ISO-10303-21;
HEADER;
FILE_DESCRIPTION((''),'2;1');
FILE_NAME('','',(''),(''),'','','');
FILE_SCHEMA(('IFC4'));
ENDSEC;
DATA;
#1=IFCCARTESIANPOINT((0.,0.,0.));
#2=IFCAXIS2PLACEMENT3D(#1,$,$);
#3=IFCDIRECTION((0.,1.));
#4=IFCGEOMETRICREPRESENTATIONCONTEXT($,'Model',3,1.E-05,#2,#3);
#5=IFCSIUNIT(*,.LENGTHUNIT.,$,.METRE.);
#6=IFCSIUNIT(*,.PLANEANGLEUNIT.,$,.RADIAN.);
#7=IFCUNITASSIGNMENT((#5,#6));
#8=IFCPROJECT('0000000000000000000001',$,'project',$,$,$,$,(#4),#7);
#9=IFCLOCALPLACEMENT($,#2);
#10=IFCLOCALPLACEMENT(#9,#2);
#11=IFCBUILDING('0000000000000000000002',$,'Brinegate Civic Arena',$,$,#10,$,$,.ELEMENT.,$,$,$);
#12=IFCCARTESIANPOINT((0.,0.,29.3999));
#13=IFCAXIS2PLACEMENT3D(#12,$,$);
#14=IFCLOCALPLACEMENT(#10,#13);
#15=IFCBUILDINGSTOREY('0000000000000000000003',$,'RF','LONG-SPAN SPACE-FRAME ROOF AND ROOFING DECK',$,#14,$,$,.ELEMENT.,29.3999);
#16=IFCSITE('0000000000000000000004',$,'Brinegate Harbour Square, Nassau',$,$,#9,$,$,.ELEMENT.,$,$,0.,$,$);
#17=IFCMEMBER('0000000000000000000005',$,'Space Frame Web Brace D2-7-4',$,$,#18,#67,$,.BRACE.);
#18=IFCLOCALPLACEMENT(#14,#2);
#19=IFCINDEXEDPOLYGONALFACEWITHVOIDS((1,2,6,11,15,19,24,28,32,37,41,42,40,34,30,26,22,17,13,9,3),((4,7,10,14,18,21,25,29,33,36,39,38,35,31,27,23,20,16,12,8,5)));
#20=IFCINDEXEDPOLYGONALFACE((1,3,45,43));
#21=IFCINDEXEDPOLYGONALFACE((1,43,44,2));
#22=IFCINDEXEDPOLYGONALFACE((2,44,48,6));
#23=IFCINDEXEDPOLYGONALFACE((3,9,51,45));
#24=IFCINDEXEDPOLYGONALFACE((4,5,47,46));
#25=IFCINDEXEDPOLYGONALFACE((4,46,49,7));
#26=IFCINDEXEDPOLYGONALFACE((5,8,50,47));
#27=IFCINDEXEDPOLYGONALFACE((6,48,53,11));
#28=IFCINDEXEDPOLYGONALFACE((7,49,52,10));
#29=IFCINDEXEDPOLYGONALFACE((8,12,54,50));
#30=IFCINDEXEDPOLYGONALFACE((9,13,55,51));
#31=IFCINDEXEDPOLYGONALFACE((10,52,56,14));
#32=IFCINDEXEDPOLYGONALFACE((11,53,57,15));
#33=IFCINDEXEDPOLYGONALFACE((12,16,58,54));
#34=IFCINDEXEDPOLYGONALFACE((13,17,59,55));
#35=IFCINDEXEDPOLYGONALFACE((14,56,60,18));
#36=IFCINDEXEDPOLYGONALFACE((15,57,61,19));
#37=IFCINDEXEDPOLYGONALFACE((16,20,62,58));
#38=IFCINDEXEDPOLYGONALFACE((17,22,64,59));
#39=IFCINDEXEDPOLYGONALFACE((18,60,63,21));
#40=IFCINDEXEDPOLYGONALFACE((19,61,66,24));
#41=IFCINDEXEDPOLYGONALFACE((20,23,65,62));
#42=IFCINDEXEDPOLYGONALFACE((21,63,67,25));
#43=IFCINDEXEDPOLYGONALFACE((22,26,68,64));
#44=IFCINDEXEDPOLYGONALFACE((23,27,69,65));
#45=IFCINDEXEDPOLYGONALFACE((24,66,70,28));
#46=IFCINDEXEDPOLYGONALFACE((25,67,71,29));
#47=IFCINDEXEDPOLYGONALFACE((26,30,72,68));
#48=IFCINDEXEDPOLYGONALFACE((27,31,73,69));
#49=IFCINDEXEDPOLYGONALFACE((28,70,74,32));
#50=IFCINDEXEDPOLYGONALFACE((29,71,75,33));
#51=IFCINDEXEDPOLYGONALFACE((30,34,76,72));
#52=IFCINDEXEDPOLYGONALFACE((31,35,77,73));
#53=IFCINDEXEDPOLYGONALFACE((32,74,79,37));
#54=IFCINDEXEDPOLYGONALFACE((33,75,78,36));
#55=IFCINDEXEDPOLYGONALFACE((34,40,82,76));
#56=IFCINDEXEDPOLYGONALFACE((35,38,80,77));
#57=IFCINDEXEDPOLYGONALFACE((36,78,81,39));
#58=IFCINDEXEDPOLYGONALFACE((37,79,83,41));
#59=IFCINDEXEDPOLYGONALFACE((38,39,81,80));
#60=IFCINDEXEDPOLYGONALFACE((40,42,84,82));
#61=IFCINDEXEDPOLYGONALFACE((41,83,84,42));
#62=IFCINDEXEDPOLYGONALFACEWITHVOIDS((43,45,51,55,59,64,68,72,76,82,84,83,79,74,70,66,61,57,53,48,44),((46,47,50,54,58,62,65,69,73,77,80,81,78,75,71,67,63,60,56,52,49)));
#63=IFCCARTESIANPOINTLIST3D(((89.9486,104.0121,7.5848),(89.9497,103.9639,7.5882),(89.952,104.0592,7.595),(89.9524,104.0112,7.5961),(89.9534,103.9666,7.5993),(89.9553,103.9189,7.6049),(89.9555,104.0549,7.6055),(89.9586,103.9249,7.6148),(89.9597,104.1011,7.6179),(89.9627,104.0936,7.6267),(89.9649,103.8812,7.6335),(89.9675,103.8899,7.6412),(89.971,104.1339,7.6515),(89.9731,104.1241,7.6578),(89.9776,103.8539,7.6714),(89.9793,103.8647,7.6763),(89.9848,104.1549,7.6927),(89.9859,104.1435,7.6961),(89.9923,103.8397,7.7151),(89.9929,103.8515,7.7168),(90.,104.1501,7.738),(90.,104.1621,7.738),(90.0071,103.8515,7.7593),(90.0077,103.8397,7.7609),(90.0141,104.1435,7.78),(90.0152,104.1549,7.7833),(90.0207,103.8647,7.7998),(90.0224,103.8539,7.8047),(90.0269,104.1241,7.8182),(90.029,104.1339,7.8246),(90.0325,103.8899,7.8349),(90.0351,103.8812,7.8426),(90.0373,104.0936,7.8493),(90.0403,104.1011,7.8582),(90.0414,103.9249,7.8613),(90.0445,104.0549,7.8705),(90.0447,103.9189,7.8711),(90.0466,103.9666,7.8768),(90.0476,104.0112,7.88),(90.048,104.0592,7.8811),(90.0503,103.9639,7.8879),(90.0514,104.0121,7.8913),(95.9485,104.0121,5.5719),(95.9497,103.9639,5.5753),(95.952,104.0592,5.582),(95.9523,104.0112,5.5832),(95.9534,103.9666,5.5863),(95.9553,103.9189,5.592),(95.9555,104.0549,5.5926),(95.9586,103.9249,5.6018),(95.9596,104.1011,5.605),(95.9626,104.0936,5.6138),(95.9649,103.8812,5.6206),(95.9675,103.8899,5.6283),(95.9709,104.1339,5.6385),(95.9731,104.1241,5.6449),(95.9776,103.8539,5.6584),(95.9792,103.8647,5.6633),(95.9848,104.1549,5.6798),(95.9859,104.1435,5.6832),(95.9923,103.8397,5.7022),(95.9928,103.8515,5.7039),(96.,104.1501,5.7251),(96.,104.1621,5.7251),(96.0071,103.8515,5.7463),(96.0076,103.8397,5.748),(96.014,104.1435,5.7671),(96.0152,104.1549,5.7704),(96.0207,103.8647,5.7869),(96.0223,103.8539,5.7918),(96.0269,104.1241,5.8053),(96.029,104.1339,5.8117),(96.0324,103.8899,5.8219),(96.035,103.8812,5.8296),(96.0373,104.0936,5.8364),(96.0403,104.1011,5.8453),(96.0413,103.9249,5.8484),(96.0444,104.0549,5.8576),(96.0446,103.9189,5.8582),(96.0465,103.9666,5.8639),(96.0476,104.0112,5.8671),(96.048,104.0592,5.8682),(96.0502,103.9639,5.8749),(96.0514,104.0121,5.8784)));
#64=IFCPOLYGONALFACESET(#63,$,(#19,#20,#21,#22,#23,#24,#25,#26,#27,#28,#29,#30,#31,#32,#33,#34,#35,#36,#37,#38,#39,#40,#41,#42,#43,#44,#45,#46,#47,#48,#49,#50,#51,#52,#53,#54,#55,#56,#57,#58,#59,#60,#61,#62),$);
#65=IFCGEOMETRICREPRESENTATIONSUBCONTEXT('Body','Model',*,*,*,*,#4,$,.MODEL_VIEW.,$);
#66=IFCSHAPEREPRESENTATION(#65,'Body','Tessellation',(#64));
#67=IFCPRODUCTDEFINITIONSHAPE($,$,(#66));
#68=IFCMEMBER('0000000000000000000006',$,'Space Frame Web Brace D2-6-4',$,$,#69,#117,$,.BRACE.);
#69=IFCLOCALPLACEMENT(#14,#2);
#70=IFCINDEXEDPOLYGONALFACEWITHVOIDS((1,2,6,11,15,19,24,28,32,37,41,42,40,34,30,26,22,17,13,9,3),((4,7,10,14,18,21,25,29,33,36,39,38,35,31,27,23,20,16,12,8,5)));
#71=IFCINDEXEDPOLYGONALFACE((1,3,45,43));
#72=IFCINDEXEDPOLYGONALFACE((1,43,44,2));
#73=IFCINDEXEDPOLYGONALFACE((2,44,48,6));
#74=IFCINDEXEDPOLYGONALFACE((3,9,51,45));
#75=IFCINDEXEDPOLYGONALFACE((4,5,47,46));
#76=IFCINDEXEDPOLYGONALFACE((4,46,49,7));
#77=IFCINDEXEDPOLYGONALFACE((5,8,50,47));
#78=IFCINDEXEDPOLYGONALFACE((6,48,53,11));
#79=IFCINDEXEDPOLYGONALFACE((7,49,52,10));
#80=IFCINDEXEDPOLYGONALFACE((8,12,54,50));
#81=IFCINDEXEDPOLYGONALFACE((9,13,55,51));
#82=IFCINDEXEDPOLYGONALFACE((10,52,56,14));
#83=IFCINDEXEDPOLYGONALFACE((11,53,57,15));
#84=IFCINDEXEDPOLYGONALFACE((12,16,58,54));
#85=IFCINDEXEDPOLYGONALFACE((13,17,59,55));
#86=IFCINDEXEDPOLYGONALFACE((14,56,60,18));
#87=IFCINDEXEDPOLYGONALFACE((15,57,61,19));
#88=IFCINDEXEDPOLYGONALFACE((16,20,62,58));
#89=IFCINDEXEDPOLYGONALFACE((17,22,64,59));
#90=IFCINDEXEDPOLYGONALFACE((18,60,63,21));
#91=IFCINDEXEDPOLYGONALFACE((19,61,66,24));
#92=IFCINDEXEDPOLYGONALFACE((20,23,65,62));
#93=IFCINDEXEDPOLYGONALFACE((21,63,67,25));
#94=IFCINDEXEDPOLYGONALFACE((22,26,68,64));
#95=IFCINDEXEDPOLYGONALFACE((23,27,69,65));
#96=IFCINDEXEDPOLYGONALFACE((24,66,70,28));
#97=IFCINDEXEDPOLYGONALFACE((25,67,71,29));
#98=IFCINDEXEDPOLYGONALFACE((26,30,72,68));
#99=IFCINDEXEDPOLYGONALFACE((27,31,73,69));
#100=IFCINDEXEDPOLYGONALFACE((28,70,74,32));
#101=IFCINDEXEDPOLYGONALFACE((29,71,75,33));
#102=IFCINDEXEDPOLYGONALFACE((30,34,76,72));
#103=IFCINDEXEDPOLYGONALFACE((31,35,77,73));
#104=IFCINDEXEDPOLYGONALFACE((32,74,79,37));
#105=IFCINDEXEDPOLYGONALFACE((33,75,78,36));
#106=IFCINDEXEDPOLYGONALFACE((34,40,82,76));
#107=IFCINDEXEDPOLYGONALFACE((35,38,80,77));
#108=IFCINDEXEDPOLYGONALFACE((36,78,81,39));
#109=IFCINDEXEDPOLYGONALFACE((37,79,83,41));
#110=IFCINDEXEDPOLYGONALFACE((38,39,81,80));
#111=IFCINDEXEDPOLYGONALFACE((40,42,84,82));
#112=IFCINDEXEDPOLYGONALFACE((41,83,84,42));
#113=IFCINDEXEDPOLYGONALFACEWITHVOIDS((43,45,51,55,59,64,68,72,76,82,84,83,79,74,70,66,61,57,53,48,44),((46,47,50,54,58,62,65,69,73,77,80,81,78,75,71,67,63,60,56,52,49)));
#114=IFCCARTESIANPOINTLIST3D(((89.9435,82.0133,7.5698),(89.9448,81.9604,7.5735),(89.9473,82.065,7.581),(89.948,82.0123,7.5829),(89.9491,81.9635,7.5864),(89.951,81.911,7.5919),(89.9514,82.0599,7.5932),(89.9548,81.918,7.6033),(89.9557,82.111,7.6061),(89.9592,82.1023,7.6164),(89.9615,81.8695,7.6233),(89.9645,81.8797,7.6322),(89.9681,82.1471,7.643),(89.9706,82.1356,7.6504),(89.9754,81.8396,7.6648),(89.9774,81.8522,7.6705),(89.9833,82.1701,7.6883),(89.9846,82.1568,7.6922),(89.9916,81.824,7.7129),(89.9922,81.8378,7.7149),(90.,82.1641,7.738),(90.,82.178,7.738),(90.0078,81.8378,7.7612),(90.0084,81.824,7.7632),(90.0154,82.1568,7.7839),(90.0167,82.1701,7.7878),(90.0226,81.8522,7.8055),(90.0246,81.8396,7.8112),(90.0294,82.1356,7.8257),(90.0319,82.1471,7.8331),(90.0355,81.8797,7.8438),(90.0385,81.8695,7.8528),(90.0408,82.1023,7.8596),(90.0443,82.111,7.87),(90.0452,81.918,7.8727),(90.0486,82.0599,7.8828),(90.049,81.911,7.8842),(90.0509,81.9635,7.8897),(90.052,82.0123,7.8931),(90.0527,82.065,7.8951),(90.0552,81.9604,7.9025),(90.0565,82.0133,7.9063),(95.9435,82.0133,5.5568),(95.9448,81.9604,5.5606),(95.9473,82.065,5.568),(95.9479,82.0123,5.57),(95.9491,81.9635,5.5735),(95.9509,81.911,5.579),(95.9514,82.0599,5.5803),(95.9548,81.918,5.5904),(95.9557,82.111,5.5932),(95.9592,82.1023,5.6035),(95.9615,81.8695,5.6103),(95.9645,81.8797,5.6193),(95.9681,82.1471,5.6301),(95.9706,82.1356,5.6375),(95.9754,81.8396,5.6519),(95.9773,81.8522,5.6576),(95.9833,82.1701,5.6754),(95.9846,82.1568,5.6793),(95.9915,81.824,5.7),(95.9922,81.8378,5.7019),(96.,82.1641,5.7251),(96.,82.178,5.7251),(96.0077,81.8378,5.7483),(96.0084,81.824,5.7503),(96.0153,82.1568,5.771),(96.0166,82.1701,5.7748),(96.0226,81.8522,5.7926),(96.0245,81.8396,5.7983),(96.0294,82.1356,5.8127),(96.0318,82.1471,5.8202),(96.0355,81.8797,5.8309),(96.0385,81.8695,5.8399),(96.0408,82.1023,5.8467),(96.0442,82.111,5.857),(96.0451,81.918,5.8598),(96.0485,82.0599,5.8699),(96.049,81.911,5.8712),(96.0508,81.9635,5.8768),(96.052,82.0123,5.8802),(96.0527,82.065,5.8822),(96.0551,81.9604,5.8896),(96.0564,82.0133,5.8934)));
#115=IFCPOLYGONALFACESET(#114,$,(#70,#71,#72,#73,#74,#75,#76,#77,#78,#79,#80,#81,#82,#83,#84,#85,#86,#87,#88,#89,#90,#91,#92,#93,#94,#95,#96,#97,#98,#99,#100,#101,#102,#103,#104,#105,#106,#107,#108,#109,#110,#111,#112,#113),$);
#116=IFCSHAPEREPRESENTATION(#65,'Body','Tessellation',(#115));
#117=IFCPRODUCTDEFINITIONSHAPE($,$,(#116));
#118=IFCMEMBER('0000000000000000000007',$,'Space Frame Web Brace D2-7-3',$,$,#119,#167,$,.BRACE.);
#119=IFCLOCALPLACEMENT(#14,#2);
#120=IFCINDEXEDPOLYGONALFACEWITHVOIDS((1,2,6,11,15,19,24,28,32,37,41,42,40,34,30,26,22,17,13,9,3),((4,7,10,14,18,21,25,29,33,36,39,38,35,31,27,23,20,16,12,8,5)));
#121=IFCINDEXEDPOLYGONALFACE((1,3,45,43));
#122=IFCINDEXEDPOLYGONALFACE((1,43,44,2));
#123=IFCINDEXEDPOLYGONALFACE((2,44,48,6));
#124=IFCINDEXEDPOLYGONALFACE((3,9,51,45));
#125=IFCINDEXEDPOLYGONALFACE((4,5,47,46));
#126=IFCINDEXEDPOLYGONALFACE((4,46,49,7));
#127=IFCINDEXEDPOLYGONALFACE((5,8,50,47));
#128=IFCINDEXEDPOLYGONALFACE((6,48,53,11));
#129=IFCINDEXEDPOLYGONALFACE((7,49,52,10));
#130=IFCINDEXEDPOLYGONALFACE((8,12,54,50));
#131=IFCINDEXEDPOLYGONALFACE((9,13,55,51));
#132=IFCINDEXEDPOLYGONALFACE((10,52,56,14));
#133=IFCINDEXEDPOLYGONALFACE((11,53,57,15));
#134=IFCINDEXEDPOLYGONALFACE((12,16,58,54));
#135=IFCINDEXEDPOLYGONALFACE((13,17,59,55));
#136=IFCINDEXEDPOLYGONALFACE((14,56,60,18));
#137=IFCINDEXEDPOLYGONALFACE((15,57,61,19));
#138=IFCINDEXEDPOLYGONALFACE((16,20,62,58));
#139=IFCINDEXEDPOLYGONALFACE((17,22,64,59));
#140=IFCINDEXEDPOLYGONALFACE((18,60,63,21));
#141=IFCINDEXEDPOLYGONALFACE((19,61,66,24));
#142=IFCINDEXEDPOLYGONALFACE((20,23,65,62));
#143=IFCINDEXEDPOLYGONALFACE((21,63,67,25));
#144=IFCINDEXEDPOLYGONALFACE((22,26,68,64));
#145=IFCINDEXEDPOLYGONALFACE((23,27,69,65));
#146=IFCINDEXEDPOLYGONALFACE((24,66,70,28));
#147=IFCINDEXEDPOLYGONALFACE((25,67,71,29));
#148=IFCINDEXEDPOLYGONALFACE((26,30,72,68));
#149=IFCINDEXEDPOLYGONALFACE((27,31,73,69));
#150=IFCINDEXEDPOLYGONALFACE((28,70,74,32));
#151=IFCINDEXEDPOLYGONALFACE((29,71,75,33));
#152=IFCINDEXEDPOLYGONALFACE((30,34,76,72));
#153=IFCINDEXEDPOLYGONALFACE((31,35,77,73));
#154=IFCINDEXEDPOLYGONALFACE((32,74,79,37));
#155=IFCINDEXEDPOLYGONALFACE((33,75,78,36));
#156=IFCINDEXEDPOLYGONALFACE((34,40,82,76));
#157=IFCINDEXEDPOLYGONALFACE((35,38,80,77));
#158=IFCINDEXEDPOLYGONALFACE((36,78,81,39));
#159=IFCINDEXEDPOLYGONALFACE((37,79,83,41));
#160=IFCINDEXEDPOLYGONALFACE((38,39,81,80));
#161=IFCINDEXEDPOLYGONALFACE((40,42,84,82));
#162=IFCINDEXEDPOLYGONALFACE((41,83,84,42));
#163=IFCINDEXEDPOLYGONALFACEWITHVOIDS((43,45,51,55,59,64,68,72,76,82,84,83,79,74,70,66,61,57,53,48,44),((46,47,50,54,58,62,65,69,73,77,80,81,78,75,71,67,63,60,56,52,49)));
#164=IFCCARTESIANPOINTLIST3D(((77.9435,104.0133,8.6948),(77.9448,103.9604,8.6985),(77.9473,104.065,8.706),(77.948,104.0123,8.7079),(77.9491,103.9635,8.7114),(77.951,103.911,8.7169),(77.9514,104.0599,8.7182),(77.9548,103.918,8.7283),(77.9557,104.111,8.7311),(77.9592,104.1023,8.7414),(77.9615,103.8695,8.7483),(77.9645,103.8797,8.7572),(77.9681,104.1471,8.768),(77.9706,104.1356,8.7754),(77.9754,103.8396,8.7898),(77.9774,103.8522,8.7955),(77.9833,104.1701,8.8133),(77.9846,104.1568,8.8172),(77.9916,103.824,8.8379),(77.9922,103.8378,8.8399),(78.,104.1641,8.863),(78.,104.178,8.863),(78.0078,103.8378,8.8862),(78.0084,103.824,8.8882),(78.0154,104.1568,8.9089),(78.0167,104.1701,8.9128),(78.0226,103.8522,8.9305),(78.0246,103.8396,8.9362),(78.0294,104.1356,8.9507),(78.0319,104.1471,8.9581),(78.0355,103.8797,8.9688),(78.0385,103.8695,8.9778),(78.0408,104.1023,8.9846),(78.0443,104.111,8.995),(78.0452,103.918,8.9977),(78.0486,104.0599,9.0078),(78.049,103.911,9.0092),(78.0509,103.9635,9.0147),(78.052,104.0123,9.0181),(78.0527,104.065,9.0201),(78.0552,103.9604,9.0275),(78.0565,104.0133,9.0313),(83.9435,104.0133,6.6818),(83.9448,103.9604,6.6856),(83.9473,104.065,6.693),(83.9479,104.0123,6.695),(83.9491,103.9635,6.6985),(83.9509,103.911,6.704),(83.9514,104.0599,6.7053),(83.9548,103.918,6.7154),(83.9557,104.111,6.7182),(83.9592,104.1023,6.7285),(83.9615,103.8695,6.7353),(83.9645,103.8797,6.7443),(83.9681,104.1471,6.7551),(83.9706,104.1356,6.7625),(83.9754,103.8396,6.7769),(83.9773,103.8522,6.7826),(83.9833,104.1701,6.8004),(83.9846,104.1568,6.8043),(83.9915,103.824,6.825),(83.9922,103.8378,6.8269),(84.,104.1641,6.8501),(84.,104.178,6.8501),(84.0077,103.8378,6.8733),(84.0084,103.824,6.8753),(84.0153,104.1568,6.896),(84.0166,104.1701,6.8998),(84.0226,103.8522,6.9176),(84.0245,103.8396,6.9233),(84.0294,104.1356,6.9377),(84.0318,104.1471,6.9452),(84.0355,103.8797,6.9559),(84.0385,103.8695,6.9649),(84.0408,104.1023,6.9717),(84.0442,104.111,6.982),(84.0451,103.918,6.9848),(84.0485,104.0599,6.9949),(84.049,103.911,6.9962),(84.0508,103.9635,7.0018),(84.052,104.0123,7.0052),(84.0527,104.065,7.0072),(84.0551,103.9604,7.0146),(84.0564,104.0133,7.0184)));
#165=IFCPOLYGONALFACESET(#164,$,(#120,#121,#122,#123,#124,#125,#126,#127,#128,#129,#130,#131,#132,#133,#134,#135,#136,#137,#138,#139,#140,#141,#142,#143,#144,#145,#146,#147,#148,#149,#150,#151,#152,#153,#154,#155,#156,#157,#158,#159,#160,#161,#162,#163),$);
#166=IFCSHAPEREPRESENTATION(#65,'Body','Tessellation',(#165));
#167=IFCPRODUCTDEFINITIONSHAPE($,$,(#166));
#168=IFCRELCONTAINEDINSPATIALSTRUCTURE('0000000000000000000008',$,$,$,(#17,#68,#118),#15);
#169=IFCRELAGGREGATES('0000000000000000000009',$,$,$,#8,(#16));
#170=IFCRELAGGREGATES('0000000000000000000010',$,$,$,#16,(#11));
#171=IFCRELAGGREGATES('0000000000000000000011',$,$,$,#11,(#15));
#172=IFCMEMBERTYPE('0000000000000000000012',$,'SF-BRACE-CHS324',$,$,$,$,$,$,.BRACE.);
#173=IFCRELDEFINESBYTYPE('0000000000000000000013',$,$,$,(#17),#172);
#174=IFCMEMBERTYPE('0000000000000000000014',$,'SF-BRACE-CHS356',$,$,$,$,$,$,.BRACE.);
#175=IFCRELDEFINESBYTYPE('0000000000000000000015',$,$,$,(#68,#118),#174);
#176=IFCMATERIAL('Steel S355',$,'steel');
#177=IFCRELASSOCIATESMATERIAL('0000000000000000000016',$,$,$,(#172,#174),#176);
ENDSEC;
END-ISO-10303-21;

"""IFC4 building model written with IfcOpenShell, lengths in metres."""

from ifc_helpers import new_model, si_unit, direction, frame, origin, origin_2d, place, context, subcontext, project, spatial, hollow_circle, extrude, material, material_profile, profile_set, type_object, element, save


model = new_model("IFC4")

# Units and contexts
model_context = context("Model", 3, precision=1e-05, world=origin(), true_north=direction((0.0, 1.0)))
body_context = subcontext(model_context, "Body", "Model", "MODEL_VIEW")
ifc_project = project(units=[si_unit("LENGTHUNIT", "METRE"), si_unit("PLANEANGLEUNIT", "RADIAN")], contexts=[model_context])

# Site, building, storey
site_placement = place(None, origin())
site = spatial("IfcSite", under=ifc_project, at=site_placement, Name="Brinegate Harbour Square, Nassau", CompositionType="ELEMENT", RefElevation=0.0)
building_placement = place(site_placement, origin())
building = spatial("IfcBuilding", under=site, at=building_placement, Name="Brinegate Civic Arena", CompositionType="ELEMENT")
storey_placement = place(building_placement, frame((0.0, 0.0, 29.3999)))
storey = spatial("IfcBuildingStorey", under=building, at=storey_placement, Name="RF", Description="LONG-SPAN SPACE-FRAME ROOF AND ROOFING DECK", CompositionType="ELEMENT", Elevation=29.3999)

# Members
ifc_material = material(Name="Steel S355", Category="steel")
ifc_material_profile_1 = material_profile(ifc_material, hollow_circle(Radius=0.1621, WallThickness=0.012, at=origin_2d()), Name="CHS324X12")
ifc_profile_set_1 = profile_set([ifc_material_profile_1], Name="Steel S355")
member_type_1 = type_object("IfcMemberType", Name="SF-BRACE-CHS324", PredefinedType="BRACE", material=ifc_profile_set_1)
member_1_placement = place(storey_placement, frame((90.0, 104.0, 7.738), z_axis=(0.948068, 0.0, -0.318067), x_axis=(0.0, 1.0, 0.0)))
element("IfcMember", 1, at=member_1_placement, inside=storey, type_object=member_type_1, Name="Space Frame Web Brace D2-7-4", PredefinedType="BRACE", context=body_context, shape_type="SweptSolid", body=[
    extrude(hollow_circle(Radius=0.1621, WallThickness=0.012, at=origin_2d()), origin(), (0.0, 0.0, 1.0), 6.3286),
])
ifc_material_profile_2 = material_profile(ifc_material, hollow_circle(Radius=0.178, WallThickness=0.0139, at=origin_2d()), Name="CHS356X14")
ifc_profile_set_2 = profile_set([ifc_material_profile_2], Name="Steel S355")
member_type_2 = type_object("IfcMemberType", Name="SF-BRACE-CHS356", PredefinedType="BRACE", material=ifc_profile_set_2)
for number, where, z_axis, x_axis, name in (
    (2, (90.0, 82.0, 7.738), (0.948068, 0.0, -0.318067), (0.0, 1.0, 0.0), "Space Frame Web Brace D2-6-4"),
    (3, (78.0, 104.0, 8.863), (0.948068, 0.0, -0.318067), (0.0, 1.0, 0.0), "Space Frame Web Brace D2-7-3"),
):
    element("IfcMember", number, at=place(storey_placement, frame(where, z_axis=z_axis, x_axis=x_axis)), inside=storey, type_object=member_type_2, Name=name, PredefinedType="BRACE", context=body_context, shape_type="SweptSolid", body=[
        extrude(hollow_circle(Radius=0.178, WallThickness=0.0139, at=origin_2d()), origin(), (0.0, 0.0, 1.0), 6.3286),
    ])

save(model, "model.ifc")
